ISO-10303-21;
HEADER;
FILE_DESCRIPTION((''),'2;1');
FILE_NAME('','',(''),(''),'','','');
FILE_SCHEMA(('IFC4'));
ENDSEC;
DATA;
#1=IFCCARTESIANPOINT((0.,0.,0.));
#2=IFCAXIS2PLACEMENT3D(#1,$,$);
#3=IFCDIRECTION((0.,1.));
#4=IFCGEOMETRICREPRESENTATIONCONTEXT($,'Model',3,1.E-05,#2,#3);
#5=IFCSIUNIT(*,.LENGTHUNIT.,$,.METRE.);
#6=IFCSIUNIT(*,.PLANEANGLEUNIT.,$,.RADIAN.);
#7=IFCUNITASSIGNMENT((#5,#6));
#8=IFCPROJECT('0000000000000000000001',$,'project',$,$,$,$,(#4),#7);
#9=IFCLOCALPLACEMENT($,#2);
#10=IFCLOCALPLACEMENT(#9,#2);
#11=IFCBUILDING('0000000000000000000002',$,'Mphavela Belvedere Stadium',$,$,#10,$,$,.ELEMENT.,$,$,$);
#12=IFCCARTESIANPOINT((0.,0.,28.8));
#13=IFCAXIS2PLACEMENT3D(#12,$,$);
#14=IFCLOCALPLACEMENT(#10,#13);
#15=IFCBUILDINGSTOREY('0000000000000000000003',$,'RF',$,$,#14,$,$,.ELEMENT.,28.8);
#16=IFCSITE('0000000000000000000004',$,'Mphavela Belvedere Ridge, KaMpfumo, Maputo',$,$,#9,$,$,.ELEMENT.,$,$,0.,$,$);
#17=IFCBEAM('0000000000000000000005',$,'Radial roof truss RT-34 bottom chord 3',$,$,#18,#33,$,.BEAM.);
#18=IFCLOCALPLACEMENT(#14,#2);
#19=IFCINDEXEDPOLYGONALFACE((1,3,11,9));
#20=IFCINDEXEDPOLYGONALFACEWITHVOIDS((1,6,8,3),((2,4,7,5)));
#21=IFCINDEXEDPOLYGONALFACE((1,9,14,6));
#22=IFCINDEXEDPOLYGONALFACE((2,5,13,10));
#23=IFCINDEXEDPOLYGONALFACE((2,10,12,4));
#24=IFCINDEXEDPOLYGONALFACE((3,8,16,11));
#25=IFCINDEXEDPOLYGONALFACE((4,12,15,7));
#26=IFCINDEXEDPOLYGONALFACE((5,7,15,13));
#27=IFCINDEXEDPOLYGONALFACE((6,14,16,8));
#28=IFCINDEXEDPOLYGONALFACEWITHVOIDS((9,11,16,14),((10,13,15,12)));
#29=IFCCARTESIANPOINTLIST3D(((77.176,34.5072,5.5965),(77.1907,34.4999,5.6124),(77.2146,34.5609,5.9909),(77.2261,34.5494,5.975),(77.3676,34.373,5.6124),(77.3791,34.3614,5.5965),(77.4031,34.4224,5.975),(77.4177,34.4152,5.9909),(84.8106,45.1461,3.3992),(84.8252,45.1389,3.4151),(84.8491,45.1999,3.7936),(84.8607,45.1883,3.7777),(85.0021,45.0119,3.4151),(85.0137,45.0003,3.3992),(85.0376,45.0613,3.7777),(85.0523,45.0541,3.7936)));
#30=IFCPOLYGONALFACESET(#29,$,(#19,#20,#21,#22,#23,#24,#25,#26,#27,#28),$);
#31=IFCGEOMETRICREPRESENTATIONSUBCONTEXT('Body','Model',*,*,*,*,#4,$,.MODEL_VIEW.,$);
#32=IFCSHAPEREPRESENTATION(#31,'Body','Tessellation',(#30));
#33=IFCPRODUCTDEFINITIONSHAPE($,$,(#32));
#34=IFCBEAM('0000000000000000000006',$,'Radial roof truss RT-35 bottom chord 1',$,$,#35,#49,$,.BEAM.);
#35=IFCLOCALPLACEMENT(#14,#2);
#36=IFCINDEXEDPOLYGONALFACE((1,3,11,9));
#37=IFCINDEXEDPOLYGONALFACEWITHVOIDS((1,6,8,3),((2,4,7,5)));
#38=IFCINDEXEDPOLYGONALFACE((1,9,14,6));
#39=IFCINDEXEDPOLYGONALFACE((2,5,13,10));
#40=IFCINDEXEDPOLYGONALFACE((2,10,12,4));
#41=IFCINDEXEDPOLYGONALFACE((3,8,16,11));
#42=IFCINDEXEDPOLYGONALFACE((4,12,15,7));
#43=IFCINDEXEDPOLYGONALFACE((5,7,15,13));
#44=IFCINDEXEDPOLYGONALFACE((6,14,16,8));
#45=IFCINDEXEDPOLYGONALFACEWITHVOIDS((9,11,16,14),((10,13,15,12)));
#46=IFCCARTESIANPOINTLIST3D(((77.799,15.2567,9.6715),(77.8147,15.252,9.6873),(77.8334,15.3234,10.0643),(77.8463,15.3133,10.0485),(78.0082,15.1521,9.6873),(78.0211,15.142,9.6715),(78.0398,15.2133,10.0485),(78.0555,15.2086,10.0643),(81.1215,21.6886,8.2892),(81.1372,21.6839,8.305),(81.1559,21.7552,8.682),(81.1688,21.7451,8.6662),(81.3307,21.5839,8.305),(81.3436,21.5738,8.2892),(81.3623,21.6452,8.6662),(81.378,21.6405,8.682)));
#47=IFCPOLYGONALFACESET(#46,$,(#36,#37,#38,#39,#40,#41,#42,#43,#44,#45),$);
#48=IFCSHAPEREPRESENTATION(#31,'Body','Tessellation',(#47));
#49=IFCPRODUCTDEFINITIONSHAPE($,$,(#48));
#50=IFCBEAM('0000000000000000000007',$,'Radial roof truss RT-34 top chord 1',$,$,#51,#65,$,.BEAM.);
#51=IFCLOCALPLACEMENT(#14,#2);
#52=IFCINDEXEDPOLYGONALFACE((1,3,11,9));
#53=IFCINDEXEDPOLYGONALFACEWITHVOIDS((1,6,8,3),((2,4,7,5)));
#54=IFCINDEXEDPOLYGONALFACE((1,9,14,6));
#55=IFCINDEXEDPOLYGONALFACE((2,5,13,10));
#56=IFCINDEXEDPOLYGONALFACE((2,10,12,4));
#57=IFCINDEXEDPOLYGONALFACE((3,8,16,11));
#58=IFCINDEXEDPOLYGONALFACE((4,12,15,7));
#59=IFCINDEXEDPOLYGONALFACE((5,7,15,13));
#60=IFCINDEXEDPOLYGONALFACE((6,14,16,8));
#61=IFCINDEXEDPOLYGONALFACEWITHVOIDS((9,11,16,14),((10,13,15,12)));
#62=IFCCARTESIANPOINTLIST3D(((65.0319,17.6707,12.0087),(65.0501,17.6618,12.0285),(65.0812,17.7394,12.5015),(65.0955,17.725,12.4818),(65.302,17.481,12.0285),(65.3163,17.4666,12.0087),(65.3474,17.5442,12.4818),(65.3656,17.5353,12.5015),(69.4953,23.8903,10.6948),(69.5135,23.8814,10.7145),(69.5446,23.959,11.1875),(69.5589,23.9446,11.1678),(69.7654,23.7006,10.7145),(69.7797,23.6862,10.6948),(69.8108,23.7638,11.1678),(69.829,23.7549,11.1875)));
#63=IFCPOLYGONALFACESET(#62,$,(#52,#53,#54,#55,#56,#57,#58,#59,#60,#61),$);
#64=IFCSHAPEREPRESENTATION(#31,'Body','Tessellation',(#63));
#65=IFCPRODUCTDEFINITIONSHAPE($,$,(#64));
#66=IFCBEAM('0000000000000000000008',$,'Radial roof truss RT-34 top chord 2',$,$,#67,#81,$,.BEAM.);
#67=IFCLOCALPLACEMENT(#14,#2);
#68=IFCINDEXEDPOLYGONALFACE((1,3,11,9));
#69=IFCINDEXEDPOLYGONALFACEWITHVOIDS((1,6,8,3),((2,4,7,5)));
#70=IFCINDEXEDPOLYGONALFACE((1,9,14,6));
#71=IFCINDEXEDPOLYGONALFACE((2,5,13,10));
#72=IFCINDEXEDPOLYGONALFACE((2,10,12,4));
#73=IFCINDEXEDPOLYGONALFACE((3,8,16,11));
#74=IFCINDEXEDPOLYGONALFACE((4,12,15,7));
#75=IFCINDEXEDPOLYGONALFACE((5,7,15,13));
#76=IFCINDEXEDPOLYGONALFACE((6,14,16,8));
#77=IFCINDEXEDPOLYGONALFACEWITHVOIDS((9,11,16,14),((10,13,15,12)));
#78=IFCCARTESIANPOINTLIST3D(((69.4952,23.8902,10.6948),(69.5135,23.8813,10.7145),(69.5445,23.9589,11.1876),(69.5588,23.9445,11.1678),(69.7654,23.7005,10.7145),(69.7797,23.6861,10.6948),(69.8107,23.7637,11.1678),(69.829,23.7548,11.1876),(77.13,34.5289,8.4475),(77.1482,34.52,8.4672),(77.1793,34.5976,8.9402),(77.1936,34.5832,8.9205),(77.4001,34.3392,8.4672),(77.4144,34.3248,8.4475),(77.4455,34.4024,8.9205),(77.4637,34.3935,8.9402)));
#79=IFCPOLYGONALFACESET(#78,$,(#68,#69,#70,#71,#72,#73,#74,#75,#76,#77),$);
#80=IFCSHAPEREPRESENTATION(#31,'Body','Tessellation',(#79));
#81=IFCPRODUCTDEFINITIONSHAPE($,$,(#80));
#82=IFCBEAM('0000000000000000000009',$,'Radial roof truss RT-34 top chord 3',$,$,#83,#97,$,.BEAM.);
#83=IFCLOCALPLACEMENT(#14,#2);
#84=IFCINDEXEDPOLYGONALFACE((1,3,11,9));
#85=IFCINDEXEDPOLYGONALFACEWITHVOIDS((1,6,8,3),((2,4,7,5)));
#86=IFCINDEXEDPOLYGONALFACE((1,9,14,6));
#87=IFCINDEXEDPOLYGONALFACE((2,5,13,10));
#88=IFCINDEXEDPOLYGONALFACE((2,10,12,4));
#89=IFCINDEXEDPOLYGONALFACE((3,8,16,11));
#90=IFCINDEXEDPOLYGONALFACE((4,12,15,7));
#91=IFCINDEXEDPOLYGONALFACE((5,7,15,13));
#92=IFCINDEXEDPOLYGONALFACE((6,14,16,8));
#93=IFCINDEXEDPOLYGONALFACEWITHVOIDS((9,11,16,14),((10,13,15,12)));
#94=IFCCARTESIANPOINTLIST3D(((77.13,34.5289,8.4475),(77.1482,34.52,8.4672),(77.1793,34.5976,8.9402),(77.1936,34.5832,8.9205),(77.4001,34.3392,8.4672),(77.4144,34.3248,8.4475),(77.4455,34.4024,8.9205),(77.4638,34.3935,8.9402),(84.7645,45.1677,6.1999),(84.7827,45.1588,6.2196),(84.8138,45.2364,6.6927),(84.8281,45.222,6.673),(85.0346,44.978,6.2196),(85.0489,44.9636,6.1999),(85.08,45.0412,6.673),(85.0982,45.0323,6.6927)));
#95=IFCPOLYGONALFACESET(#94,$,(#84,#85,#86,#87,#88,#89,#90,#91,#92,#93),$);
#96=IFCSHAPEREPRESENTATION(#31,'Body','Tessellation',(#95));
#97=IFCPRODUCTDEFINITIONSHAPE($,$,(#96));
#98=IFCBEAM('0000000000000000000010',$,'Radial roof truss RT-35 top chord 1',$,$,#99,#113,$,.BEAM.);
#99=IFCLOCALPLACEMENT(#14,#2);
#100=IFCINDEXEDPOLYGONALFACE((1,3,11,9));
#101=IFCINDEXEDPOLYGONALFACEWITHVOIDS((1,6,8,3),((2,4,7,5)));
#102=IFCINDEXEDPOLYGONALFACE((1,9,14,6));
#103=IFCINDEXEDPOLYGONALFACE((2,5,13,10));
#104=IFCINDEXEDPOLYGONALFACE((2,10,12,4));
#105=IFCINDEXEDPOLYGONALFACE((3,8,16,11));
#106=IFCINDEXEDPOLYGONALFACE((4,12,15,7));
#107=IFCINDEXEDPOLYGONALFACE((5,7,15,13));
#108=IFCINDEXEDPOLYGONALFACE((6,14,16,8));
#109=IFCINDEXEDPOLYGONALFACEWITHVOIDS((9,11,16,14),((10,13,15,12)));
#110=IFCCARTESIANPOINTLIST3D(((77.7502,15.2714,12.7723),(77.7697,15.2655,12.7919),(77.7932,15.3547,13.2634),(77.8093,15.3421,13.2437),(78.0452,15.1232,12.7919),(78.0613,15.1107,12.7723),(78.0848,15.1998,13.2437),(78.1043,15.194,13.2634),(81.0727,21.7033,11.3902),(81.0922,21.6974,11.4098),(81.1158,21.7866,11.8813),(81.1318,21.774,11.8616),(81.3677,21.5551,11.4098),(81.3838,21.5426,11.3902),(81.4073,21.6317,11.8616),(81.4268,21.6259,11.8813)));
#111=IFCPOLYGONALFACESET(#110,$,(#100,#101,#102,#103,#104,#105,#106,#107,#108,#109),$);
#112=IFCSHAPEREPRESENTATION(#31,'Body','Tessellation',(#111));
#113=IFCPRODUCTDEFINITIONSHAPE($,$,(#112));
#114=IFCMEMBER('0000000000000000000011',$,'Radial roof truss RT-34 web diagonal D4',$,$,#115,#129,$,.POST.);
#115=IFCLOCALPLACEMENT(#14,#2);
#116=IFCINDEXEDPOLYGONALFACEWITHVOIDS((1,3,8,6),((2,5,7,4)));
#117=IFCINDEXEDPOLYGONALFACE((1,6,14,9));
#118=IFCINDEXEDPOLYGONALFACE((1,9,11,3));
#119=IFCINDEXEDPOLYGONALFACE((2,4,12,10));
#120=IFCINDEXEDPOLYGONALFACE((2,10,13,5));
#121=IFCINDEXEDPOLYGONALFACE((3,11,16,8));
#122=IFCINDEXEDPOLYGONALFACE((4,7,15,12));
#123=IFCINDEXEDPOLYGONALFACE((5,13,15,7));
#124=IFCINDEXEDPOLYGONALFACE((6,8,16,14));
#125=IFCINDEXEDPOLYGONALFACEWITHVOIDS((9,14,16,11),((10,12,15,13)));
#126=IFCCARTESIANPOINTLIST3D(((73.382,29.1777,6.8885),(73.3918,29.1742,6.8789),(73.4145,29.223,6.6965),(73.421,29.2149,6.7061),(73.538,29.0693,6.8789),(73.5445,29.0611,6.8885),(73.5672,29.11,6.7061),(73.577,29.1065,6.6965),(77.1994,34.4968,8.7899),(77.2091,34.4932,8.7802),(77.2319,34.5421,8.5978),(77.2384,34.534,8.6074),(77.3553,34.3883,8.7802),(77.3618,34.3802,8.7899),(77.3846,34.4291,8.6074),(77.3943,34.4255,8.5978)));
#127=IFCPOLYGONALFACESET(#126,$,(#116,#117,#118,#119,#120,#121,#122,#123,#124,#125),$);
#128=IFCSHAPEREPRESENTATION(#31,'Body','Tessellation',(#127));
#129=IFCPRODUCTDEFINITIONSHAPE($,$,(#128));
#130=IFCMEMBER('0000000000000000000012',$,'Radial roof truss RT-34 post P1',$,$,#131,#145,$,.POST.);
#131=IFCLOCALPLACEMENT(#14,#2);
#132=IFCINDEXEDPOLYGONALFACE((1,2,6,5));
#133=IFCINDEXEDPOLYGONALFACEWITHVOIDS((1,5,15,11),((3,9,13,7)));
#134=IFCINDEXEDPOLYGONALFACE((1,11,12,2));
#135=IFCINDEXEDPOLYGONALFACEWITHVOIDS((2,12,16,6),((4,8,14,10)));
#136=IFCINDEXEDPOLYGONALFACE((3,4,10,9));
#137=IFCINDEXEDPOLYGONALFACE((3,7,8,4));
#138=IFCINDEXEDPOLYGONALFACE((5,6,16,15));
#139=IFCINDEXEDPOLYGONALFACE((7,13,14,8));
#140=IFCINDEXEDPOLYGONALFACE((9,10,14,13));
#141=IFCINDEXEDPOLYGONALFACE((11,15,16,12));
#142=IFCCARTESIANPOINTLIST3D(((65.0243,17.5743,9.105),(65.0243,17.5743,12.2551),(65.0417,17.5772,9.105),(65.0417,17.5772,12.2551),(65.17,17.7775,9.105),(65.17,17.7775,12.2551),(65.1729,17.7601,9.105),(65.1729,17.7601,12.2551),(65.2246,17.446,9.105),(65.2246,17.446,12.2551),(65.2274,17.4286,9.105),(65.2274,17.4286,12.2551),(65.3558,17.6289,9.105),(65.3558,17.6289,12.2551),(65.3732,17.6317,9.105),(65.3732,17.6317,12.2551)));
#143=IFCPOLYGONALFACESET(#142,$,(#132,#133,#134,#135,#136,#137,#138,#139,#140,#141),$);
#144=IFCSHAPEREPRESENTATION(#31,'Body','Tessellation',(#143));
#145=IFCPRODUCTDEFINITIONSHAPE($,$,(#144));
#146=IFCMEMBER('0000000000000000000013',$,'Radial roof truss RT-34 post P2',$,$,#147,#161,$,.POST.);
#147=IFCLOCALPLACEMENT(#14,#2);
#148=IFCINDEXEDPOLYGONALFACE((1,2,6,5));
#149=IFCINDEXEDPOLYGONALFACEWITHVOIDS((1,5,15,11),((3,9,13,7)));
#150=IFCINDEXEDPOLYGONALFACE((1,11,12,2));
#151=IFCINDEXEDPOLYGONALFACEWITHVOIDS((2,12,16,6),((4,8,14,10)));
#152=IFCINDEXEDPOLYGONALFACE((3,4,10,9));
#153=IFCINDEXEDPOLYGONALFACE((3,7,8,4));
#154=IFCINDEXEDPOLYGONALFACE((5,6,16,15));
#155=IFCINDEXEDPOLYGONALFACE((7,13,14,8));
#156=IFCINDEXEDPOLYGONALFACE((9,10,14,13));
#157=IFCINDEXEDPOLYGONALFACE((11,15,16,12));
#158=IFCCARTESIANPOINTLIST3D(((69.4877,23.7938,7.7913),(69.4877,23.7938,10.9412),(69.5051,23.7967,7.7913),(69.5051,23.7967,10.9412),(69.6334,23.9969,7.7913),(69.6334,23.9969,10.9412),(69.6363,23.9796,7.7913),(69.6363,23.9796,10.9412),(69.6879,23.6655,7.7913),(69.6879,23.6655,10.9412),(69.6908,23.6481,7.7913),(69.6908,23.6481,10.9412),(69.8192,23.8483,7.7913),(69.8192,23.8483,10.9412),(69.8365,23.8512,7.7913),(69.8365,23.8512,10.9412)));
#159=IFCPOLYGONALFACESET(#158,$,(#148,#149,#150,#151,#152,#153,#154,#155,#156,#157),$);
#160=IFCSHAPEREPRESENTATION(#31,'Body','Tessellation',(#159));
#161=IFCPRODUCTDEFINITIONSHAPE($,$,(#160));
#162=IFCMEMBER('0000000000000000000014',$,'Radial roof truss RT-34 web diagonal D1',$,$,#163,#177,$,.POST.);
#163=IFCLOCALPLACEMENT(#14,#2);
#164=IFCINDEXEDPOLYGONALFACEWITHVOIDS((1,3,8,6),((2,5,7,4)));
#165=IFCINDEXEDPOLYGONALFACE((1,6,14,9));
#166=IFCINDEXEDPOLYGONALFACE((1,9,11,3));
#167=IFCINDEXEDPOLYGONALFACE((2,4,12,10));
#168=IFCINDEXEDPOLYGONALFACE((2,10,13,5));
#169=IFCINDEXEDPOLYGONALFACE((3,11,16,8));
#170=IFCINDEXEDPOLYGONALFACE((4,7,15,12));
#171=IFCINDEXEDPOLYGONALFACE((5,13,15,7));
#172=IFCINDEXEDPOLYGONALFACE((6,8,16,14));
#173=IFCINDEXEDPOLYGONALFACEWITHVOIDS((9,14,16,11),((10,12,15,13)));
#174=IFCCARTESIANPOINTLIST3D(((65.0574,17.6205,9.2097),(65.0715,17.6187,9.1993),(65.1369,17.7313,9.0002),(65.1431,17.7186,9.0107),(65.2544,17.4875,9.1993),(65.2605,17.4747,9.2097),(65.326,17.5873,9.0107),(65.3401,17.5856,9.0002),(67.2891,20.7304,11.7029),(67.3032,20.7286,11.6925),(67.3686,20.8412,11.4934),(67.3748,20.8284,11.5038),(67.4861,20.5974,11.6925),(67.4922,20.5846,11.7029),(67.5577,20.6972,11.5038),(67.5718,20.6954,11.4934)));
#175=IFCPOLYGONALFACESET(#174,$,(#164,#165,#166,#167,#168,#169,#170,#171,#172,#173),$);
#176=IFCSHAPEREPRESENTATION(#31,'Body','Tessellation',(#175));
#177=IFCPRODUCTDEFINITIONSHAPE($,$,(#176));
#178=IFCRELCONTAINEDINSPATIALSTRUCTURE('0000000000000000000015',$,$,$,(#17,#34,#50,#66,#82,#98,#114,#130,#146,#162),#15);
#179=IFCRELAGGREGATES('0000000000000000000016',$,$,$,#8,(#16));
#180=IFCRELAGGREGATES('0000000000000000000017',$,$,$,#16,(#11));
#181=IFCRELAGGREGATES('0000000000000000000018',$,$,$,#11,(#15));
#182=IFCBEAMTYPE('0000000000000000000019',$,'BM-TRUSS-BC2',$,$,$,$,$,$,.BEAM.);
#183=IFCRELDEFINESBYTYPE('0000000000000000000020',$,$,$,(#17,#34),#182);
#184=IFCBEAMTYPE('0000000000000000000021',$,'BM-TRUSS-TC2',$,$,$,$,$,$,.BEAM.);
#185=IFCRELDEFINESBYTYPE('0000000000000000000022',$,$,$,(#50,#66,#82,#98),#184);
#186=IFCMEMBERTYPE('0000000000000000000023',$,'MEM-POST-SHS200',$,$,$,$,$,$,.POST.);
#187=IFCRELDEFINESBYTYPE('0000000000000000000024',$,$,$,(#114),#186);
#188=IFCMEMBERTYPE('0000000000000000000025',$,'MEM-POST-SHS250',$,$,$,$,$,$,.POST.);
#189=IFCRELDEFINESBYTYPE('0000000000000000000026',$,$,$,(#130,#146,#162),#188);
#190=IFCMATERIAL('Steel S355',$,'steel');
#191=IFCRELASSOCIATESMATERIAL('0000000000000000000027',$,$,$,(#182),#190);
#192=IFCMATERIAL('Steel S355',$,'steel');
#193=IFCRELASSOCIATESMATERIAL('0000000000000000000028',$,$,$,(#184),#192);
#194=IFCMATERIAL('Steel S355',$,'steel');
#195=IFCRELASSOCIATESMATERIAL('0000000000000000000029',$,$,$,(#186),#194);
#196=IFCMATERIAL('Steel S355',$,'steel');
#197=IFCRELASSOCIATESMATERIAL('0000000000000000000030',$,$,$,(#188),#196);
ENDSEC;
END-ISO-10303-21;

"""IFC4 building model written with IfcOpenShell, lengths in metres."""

from ifc_helpers import new_model, si_unit, direction, frame, origin, origin_2d, place, context, subcontext, project, spatial, hollow_rectangle, extrude, material, material_profile, profile_set, type_object, element, save


model = new_model("IFC4")

# Units and contexts
model_context = context("Model", 3, precision=1e-05, world=origin(), true_north=direction((0.0, 1.0)))
body_context = subcontext(model_context, "Body", "Model", "MODEL_VIEW")
ifc_project = project(units=[si_unit("LENGTHUNIT", "METRE"), si_unit("PLANEANGLEUNIT", "RADIAN")], contexts=[model_context])

# Site, building, storey
site_placement = place(None, origin())
site = spatial("IfcSite", under=ifc_project, at=site_placement, Name="Mphavela Belvedere Ridge, KaMpfumo, Maputo", CompositionType="ELEMENT", RefElevation=0.0)
building_placement = place(site_placement, origin())
building = spatial("IfcBuilding", under=site, at=building_placement, Name="Mphavela Belvedere Stadium", CompositionType="ELEMENT")
storey_placement = place(building_placement, frame((0.0, 0.0, 28.8)))
storey = spatial("IfcBuildingStorey", under=building, at=storey_placement, Name="RF", CompositionType="ELEMENT", Elevation=28.8)

# Beams
ifc_material_1 = material(Name="Steel S355", Category="steel")
ifc_material_profile_1 = material_profile(ifc_material_1, hollow_rectangle(XDim=0.25, YDim=0.3999, WallThickness=0.0161, at=origin_2d()), Name="RHS 400x250x16")
ifc_profile_set_1 = profile_set([ifc_material_profile_1], Name="Steel S355")
beam_type_1 = type_object("IfcBeamType", Name="BM-TRUSS-BC2", PredefinedType="BEAM", material=ifc_profile_set_1)
beam_1_placement = place(storey_placement, frame((77.2969, 34.4612, 5.7937), z_axis=(0.574983, 0.801255, -0.165484), x_axis=(-0.812457, 0.583022, 0.0)))
element("IfcBeam", 1, at=beam_1_placement, inside=storey, type_object=beam_type_1, Name="Radial roof truss RT-34 bottom chord 3", PredefinedType="BEAM", context=body_context, shape_type="SweptSolid", body=[
    extrude(hollow_rectangle(XDim=0.25, YDim=0.3999, WallThickness=0.0161, at=origin_2d()), origin(), (0.0, 0.0, 1.0), 13.2778),
])
beam_2_placement = place(storey_placement, frame((77.9272, 15.2327, 9.8679), z_axis=(0.450807, 0.872695, -0.187557), x_axis=(-0.888461, 0.458951, 0.0)))
element("IfcBeam", 2, at=beam_2_placement, inside=storey, type_object=beam_type_1, Name="Radial roof truss RT-35 bottom chord 1", PredefinedType="BEAM", context=body_context, shape_type="SweptSolid", body=[
    extrude(hollow_rectangle(XDim=0.25, YDim=0.3999, WallThickness=0.0161, at=origin_2d()), origin(), (0.0, 0.0, 1.0), 7.3701),
])
ifc_material_2 = material(Name="Steel S355", Category="steel")
ifc_material_profile_2 = material_profile(ifc_material_2, hollow_rectangle(XDim=0.3501, YDim=0.5, WallThickness=0.02, at=origin_2d()), Name="RHS 500x350x20")
ifc_profile_set_2 = profile_set([ifc_material_profile_2], Name="Steel S355")
beam_type_2 = type_object("IfcBeamType", Name="BM-TRUSS-TC2", PredefinedType="BEAM", material=ifc_profile_set_2)
beam_3_placement = place(storey_placement, frame((65.1987, 17.603, 12.2551), z_axis=(0.574641, 0.800731, -0.169167), x_axis=(-0.812441, 0.583044, 0.0)))
element("IfcBeam", 3, at=beam_3_placement, inside=storey, type_object=beam_type_2, Name="Radial roof truss RT-34 top chord 1", PredefinedType="BEAM", context=body_context, shape_type="SweptSolid", body=[
    extrude(hollow_rectangle(XDim=0.3501, YDim=0.5, WallThickness=0.02, at=origin_2d()), origin(), (0.0, 0.0, 1.0), 7.7673),
])
for number, where, z_axis, x_axis, name in (
    (4, (69.6621, 23.8225, 10.9412), (0.574642, 0.800735, -0.169147), (-0.812441, 0.583043, 0.0), "Radial roof truss RT-34 top chord 2"),
    (5, (77.2969, 34.4612, 8.6938), (0.574619, 0.800747, -0.169164), (-0.812457, 0.583022, 0.0), "Radial roof truss RT-34 top chord 3"),
):
    element("IfcBeam", number, at=place(storey_placement, frame(where, z_axis=z_axis, x_axis=x_axis)), inside=storey, type_object=beam_type_2, Name=name, PredefinedType="BEAM", context=body_context, shape_type="SweptSolid", body=[
        extrude(hollow_rectangle(XDim=0.3501, YDim=0.5, WallThickness=0.02, at=origin_2d()), origin(), (0.0, 0.0, 1.0), 13.2861),
    ])
beam_4_placement = place(storey_placement, frame((77.9272, 15.2327, 13.0178), z_axis=(0.450809, 0.8727, -0.187525), x_axis=(-0.888461, 0.458951, 0.0)))
element("IfcBeam", 6, at=beam_4_placement, inside=storey, type_object=beam_type_2, Name="Radial roof truss RT-35 top chord 1", PredefinedType="BEAM", context=body_context, shape_type="SweptSolid", body=[
    extrude(hollow_rectangle(XDim=0.3501, YDim=0.5, WallThickness=0.02, at=origin_2d()), origin(), (0.0, 0.0, 1.0), 7.3701),
])

# Members
ifc_material_3 = material(Name="Steel S355", Category="steel")
ifc_material_profile_3 = material_profile(ifc_material_3, hollow_rectangle(XDim=0.2, YDim=0.2, WallThickness=0.01, at=origin_2d()), Name="SHS 200x200x10")
ifc_profile_set_3 = profile_set([ifc_material_profile_3], Name="Steel S355")
member_type_1 = type_object("IfcMemberType", Name="MEM-POST-SHS200", PredefinedType="POST", material=ifc_profile_set_3)
member_1_placement = place(storey_placement, frame((73.4795, 29.1421, 6.7925), z_axis=(0.559927, 0.780194, 0.278889), x_axis=(-0.812429, 0.58306, 0.0)))
element("IfcMember", 7, at=member_1_placement, inside=storey, type_object=member_type_1, Name="Radial roof truss RT-34 web diagonal D4", PredefinedType="POST", context=body_context, shape_type="SweptSolid", body=[
    extrude(hollow_rectangle(XDim=0.2, YDim=0.2, WallThickness=0.01, at=origin_2d()), origin(), (0.0, 0.0, 1.0), 6.8176),
])
ifc_material_4 = material(Name="Steel S355", Category="steel")
ifc_material_profile_4 = material_profile(ifc_material_4, hollow_rectangle(XDim=0.25, YDim=0.25, WallThickness=0.0125, at=origin_2d()), Name="SHS 250x250x12.5")
ifc_profile_set_4 = profile_set([ifc_material_profile_4], Name="Steel S355")
member_type_2 = type_object("IfcMemberType", Name="MEM-POST-SHS250", PredefinedType="POST", material=ifc_profile_set_4)
member_2_placement = place(storey_placement, frame((65.1987, 17.603, 9.105), z_axis=(0.0, 0.0, 1.0), x_axis=(-0.582974, -0.812491, 0.0)))
element("IfcMember", 8, at=member_2_placement, inside=storey, type_object=member_type_2, Name="Radial roof truss RT-34 post P1", PredefinedType="POST", context=body_context, shape_type="SweptSolid", body=[
    extrude(hollow_rectangle(XDim=0.25, YDim=0.25, WallThickness=0.0125, at=origin_2d()), origin(), (0.0, 0.0, 1.0), 3.1501),
])
member_3_placement = place(storey_placement, frame((69.6621, 23.8225, 7.7913), z_axis=(0.0, 0.0, 1.0), x_axis=(-0.582974, -0.812491, 0.0)))
element("IfcMember", 9, at=member_3_placement, inside=storey, type_object=member_type_2, Name="Radial roof truss RT-34 post P2", PredefinedType="POST", context=body_context, shape_type="SweptSolid", body=[
    extrude(hollow_rectangle(XDim=0.25, YDim=0.25, WallThickness=0.0125, at=origin_2d()), origin(), (0.0, 0.0, 1.0), 3.1499),
])
member_4_placement = place(storey_placement, frame((65.1987, 17.603, 9.105), z_axis=(0.488538, 0.680778, 0.545777), x_axis=(-0.812452, 0.583029, 0.0)))
element("IfcMember", 10, at=member_4_placement, inside=storey, type_object=member_type_2, Name="Radial roof truss RT-34 web diagonal D1", PredefinedType="POST", context=body_context, shape_type="SweptSolid", body=[
    extrude(hollow_rectangle(XDim=0.25, YDim=0.25, WallThickness=0.0125, at=origin_2d()), origin(), (0.0, 0.0, 1.0), 4.5681),
])

save(model, "model.ifc")
